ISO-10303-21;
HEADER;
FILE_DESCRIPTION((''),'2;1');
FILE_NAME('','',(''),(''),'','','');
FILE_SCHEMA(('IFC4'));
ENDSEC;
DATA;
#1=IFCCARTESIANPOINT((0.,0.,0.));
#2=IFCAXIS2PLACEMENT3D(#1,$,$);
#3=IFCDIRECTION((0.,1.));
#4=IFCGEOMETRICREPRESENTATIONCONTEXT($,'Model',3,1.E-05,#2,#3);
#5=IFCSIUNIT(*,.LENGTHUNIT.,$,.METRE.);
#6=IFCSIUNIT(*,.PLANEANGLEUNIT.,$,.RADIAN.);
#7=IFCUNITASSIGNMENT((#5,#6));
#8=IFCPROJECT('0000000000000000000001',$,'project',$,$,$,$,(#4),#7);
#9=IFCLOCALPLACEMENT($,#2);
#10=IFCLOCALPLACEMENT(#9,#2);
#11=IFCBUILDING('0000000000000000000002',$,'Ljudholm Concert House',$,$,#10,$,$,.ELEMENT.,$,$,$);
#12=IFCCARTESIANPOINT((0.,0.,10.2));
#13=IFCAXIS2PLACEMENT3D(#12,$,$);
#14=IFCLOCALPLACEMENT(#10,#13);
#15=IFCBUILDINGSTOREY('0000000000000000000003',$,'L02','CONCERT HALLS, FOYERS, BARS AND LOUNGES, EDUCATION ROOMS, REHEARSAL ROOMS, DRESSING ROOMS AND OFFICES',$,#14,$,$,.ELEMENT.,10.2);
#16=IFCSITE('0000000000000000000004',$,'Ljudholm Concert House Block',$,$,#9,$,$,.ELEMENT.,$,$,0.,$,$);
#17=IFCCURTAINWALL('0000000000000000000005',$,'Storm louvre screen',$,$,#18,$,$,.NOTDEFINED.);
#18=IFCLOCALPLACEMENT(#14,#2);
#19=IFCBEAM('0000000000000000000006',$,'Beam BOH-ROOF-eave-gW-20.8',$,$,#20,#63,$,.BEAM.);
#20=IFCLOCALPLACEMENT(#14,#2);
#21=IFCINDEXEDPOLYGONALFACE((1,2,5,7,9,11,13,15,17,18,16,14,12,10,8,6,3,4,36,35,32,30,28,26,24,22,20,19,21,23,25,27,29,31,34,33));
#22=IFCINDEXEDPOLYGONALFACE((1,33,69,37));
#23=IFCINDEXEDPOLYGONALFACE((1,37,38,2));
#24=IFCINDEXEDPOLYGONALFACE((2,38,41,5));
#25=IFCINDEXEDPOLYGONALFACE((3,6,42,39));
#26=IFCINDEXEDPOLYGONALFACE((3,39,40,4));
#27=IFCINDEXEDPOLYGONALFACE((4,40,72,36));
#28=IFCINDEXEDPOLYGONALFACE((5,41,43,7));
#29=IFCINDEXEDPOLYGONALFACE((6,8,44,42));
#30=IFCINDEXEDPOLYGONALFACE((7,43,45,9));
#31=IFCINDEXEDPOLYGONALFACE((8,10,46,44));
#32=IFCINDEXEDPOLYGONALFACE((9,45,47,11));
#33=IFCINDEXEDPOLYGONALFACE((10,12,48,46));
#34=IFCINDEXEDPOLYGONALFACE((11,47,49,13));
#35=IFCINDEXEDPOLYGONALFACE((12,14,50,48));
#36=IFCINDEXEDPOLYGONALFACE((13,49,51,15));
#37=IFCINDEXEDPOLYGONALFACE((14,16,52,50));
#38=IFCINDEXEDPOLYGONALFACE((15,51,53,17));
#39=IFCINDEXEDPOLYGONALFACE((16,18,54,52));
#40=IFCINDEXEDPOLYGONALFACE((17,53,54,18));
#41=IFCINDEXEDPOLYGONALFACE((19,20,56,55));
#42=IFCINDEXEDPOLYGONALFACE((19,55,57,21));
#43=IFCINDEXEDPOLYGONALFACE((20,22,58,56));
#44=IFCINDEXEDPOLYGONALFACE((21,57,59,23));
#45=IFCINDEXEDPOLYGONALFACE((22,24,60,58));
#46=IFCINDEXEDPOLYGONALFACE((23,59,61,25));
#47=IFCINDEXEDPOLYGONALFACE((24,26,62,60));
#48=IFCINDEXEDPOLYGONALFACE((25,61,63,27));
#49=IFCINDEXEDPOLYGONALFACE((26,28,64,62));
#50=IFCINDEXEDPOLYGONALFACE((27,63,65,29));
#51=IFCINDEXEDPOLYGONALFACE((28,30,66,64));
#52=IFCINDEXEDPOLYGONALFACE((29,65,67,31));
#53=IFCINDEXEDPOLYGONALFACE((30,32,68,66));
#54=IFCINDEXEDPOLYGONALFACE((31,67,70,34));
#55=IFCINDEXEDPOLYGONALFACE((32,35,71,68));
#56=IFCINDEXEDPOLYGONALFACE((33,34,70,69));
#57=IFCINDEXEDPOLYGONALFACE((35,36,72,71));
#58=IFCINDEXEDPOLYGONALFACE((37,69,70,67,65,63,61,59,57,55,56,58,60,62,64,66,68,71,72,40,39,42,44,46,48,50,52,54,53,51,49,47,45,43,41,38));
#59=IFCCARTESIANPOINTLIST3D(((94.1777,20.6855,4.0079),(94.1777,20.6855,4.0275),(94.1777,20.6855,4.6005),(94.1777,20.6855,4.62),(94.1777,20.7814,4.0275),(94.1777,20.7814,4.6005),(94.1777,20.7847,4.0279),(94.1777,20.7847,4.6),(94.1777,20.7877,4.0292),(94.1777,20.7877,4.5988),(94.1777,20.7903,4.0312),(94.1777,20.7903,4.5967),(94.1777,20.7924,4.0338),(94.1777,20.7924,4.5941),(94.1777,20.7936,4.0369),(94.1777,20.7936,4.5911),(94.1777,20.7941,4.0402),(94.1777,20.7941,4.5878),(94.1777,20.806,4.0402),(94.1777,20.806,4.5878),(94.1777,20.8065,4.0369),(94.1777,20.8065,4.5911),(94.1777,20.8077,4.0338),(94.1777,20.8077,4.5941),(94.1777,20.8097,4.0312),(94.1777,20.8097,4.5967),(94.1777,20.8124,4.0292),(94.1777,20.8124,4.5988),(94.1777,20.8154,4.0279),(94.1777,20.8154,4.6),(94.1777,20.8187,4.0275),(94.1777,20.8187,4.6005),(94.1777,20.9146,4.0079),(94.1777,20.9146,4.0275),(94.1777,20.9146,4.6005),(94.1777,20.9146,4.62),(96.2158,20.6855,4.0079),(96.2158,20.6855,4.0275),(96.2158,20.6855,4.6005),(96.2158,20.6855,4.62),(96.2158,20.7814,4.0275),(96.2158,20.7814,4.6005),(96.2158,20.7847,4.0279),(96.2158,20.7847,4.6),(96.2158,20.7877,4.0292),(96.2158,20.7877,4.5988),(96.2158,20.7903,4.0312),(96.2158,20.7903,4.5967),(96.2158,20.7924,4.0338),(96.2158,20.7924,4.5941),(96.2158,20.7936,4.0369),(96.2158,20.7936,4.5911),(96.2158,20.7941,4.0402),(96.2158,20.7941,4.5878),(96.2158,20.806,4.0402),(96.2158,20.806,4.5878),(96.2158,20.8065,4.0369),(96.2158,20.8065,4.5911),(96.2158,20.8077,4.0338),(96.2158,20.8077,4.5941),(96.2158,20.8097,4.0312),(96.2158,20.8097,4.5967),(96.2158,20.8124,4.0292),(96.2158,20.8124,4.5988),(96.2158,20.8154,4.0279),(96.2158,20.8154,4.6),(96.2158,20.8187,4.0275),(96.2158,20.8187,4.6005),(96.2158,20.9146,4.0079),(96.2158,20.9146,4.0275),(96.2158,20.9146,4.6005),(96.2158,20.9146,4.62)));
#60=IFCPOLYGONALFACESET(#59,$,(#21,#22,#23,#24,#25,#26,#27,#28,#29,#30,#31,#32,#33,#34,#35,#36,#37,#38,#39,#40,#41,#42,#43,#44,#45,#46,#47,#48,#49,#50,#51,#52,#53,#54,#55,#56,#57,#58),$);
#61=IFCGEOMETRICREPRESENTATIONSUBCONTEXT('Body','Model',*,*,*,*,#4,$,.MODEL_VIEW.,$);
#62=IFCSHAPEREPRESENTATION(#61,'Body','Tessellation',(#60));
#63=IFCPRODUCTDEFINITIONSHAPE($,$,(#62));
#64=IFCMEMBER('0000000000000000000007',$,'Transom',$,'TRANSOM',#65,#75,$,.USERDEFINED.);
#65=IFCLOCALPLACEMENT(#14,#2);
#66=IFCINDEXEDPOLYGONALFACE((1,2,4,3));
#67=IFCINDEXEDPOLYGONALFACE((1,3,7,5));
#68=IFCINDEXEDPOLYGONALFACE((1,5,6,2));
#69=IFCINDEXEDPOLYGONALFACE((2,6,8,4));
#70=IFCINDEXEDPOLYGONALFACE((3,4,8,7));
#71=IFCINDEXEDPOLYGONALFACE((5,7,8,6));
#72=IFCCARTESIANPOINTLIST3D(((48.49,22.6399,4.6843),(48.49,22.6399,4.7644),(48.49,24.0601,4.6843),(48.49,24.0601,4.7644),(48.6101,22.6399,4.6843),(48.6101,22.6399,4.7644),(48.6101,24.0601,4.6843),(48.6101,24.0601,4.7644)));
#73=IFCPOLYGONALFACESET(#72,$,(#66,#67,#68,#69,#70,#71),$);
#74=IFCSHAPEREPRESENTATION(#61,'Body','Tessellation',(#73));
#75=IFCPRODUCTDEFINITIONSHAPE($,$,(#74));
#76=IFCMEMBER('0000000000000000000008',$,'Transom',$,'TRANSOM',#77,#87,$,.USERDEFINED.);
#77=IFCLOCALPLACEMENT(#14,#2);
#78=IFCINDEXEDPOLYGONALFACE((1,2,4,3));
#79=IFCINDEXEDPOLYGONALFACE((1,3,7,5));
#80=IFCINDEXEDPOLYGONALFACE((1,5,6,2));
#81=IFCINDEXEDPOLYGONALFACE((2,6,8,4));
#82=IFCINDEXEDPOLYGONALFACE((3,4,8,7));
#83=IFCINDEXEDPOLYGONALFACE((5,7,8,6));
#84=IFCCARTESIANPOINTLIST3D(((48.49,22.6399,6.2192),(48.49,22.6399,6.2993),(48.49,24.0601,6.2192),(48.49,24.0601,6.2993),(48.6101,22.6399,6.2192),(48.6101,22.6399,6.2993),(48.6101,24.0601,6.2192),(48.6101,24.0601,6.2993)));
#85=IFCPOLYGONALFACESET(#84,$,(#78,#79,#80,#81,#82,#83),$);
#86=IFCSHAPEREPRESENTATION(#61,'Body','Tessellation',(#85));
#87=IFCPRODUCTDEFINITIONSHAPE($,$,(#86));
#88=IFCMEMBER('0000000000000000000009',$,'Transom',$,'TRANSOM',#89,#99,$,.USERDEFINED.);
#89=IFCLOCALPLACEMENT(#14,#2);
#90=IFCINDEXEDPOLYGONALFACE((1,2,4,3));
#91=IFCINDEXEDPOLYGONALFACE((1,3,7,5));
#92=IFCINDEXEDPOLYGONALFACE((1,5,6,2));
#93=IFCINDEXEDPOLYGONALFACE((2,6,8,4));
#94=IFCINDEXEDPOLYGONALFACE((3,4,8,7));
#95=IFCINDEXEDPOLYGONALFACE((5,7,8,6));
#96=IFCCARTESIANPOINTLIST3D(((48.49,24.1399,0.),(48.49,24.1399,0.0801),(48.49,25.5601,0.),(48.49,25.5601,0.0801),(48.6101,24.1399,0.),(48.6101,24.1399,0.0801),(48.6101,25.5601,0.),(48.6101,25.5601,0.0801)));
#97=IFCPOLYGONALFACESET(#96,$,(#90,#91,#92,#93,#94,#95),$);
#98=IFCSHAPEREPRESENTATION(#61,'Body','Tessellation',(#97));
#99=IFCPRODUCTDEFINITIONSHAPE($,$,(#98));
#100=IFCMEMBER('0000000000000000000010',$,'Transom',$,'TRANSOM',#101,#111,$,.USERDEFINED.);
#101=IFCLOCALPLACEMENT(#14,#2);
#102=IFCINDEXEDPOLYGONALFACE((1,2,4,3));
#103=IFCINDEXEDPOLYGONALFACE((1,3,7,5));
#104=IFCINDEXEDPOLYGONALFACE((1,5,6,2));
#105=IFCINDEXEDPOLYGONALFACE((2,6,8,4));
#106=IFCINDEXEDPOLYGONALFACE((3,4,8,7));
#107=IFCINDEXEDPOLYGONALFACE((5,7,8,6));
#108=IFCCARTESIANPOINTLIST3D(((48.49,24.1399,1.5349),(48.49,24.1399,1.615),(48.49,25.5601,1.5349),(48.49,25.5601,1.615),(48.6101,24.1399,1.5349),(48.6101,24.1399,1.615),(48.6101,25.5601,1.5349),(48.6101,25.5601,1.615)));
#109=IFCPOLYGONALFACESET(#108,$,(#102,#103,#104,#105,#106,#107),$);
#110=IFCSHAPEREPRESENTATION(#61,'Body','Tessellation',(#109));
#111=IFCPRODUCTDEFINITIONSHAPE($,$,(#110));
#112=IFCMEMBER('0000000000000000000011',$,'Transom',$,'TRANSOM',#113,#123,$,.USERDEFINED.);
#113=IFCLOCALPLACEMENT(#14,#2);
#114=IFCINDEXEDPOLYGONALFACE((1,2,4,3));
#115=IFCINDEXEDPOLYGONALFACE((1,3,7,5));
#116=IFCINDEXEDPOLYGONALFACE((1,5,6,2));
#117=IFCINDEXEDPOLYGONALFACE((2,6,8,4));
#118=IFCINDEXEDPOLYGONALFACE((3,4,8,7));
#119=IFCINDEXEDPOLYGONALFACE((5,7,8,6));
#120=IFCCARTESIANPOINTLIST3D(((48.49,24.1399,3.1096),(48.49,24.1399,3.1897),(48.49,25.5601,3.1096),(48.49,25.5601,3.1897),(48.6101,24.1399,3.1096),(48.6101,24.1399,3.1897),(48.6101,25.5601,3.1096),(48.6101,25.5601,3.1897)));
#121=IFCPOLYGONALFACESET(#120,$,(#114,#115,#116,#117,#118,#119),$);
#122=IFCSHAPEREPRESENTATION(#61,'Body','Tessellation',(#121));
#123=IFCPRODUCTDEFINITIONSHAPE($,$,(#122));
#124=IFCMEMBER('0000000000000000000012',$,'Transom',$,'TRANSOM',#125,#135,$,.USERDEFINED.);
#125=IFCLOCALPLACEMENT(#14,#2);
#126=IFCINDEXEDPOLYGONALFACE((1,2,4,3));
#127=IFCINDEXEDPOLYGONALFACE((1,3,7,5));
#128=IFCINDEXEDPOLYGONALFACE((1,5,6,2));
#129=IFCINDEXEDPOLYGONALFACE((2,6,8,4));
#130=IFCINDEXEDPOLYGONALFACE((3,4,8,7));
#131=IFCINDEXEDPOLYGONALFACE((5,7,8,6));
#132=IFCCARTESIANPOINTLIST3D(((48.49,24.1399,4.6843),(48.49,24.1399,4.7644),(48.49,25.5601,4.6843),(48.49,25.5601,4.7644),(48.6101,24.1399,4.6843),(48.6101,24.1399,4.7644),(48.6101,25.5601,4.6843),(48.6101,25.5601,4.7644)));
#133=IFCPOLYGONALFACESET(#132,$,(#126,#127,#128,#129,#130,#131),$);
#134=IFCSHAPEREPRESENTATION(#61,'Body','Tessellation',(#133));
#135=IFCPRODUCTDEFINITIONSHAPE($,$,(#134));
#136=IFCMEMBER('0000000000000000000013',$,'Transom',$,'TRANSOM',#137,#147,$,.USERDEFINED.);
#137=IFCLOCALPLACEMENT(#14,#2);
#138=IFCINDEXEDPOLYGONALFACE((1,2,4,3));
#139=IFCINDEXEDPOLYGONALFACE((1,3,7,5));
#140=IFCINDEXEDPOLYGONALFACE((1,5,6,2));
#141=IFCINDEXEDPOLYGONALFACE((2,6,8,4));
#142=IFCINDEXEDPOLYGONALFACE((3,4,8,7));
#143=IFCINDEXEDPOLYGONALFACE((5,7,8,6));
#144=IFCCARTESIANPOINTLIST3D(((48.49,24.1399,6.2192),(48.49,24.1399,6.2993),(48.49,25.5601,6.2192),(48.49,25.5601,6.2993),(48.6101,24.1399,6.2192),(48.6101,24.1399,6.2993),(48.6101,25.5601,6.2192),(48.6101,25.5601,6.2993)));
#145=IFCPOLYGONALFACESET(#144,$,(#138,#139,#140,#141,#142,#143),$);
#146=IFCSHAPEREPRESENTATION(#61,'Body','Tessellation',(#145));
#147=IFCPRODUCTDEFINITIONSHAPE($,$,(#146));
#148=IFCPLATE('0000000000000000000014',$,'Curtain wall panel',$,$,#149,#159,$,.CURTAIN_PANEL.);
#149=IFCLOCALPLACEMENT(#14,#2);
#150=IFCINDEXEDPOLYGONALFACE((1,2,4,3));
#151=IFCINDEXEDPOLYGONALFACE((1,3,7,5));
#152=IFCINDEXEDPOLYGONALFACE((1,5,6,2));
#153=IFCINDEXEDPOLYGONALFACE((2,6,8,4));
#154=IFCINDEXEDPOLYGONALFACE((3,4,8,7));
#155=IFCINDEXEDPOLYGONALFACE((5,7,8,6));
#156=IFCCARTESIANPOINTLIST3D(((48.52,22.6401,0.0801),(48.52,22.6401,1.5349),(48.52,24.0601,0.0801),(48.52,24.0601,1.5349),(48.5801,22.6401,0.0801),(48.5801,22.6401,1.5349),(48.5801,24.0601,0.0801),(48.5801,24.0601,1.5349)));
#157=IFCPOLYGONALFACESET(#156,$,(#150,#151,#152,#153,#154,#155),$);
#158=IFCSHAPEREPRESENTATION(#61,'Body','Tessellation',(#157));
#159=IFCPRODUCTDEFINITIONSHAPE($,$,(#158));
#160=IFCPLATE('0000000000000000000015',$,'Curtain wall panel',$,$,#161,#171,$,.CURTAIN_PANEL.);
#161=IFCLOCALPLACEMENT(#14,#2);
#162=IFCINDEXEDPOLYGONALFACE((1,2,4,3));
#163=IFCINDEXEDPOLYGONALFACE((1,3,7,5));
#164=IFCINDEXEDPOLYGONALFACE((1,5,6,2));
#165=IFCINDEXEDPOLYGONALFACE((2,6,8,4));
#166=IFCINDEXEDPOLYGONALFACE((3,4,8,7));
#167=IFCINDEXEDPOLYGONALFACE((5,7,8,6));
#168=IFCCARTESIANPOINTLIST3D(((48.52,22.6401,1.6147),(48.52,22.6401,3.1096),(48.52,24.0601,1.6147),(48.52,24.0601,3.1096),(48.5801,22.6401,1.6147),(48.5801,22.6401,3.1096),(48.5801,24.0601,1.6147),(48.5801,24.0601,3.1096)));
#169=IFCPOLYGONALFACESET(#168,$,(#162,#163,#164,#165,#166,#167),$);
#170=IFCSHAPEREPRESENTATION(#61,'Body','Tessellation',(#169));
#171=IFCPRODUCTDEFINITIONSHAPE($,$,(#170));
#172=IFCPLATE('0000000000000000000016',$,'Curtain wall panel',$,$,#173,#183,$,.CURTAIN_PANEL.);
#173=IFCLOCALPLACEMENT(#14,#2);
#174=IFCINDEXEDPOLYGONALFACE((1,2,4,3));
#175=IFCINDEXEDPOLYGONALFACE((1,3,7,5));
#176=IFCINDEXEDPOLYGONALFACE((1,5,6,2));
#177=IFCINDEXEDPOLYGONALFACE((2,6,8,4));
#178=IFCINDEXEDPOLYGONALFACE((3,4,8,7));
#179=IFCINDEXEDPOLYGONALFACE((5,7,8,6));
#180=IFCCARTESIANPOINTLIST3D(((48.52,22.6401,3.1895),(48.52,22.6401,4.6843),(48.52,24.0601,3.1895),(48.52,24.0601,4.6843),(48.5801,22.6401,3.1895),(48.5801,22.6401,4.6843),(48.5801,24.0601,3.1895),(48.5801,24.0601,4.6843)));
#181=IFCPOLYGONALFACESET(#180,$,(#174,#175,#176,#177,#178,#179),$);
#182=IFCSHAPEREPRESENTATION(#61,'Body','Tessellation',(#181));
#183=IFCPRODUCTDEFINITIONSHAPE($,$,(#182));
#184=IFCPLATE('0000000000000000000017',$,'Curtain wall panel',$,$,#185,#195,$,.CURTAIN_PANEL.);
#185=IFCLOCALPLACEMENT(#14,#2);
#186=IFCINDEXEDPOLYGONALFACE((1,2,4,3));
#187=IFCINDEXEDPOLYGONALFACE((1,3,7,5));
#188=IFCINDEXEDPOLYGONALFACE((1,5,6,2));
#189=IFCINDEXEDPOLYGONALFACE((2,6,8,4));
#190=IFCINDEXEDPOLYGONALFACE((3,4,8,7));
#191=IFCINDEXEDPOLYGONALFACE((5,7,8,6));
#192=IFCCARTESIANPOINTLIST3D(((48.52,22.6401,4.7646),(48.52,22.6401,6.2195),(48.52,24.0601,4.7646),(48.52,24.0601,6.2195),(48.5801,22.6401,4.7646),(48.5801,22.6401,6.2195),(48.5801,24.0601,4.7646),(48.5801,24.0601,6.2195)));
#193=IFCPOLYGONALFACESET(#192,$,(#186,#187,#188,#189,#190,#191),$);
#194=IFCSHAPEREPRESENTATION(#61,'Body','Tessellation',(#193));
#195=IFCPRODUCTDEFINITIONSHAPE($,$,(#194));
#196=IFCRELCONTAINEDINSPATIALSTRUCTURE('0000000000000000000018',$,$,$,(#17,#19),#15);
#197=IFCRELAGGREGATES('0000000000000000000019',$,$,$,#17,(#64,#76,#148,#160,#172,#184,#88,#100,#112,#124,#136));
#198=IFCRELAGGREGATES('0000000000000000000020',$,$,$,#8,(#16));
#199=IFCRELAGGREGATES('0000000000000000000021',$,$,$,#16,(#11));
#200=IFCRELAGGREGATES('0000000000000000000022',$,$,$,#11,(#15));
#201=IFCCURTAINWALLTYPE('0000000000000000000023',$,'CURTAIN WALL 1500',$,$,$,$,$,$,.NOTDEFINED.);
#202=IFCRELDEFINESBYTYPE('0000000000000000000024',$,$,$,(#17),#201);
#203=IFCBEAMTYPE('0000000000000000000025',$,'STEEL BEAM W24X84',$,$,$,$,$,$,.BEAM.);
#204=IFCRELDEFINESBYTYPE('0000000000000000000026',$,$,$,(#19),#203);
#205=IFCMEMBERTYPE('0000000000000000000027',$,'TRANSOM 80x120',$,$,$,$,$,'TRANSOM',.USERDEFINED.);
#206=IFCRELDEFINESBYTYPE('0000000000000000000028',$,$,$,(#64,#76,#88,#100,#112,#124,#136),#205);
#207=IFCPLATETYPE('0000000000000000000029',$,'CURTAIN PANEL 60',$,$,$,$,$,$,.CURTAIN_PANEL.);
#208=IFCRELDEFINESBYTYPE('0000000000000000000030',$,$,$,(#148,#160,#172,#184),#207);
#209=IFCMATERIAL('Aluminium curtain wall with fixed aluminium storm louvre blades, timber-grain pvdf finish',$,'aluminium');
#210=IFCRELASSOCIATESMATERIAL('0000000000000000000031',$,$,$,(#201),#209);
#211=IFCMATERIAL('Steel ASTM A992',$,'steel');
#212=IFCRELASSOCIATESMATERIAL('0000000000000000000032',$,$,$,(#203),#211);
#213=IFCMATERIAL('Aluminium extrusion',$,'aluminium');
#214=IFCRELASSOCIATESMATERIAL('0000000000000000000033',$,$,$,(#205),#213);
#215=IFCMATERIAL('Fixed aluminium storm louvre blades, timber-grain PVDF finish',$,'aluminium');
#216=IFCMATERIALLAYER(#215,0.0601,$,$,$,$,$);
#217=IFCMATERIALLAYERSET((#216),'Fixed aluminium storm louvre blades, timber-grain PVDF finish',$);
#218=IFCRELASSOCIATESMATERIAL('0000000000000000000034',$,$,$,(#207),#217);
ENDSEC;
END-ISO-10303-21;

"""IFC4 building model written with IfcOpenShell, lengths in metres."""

from ifc_helpers import new_model, si_unit, direction, frame, origin, origin_2d, place, context, subcontext, project, spatial, rectangle, i_section, extrude, material, layer, layer_set, material_profile, profile_set, type_object, element, aggregate, save


model = new_model("IFC4")

# Units and contexts
model_context = context("Model", 3, precision=1e-05, world=origin(), true_north=direction((0.0, 1.0)))
body_context = subcontext(model_context, "Body", "Model", "MODEL_VIEW")
ifc_project = project(units=[si_unit("LENGTHUNIT", "METRE"), si_unit("PLANEANGLEUNIT", "RADIAN")], contexts=[model_context])

# Site, building, storey
site_placement = place(None, origin())
site = spatial("IfcSite", under=ifc_project, at=site_placement, Name="Ljudholm Concert House Block", CompositionType="ELEMENT", RefElevation=0.0)
building_placement = place(site_placement, origin())
building = spatial("IfcBuilding", under=site, at=building_placement, Name="Ljudholm Concert House", CompositionType="ELEMENT")
storey_placement = place(building_placement, frame((0.0, 0.0, 10.2)))
storey = spatial("IfcBuildingStorey", under=building, at=storey_placement, Name="L02", Description="CONCERT HALLS, FOYERS, BARS AND LOUNGES, EDUCATION ROOMS, REHEARSAL ROOMS, DRESSING ROOMS AND OFFICES", CompositionType="ELEMENT", Elevation=10.2)

# Curtain wall
ifc_material_1 = material(Name="Aluminium curtain wall with fixed aluminium storm louvre blades, timber-grain pvdf finish", Category="aluminium")
curtain_wall_type = type_object("IfcCurtainWallType", Name="CURTAIN WALL 1500", PredefinedType="NOTDEFINED", material=ifc_material_1)
curtain_wall_placement = place(storey_placement, origin())
curtain_wall = element("IfcCurtainWall", 1, at=curtain_wall_placement, inside=storey, type_object=curtain_wall_type, Name="Storm louvre screen", PredefinedType="NOTDEFINED")

# Beam
ifc_material_2 = material(Name="Steel ASTM A992", Category="steel")
ifc_material_profile_1 = material_profile(ifc_material_2, i_section(OverallWidth=0.229, OverallDepth=0.6121, WebThickness=0.012, FlangeThickness=0.0195, FilletRadius=0.0127, at=origin_2d()), Name="W24X84")
ifc_profile_set_1 = profile_set([ifc_material_profile_1], Name="Steel ASTM A992")
beam_type_1 = type_object("IfcBeamType", Name="STEEL BEAM W24X84", PredefinedType="BEAM", material=ifc_profile_set_1)
for number, where, z_axis, x_axis, name in (
    (2, (96.2158, 20.8, 4.314), (-1.0, 0.0, 0.0), (0.0, -1.0, 0.0), "Beam BOH-ROOF-eave-gW-20.8"),
):
    element("IfcBeam", number, at=place(storey_placement, frame(where, z_axis=z_axis, x_axis=x_axis)), inside=storey, type_object=beam_type_1, Name=name, PredefinedType="BEAM", context=body_context, shape_type="SweptSolid", body=[
        extrude(i_section(OverallWidth=0.229, OverallDepth=0.6121, WebThickness=0.012, FlangeThickness=0.0195, FilletRadius=0.0127, at=origin_2d()), origin(), (0.0, 0.0, 1.0), 2.0381),
    ])

# Members
ifc_material_3 = material(Name="Aluminium extrusion", Category="aluminium")
ifc_material_profile_2 = material_profile(ifc_material_3, rectangle(XDim=0.1201, YDim=0.0801, at=origin_2d()), Name="TRANSOM 80x120")
ifc_profile_set_2 = profile_set([ifc_material_profile_2], Name="Aluminium extrusion")
member_type_1 = type_object("IfcMemberType", Name="TRANSOM 80x120", ElementType="TRANSOM", PredefinedType="USERDEFINED", material=ifc_profile_set_2)
member_1_placement = place(storey_placement, frame((48.55, 22.6399, 4.7244), z_axis=(0.0, 1.0, 0.0), x_axis=(-1.0, 0.0, 0.0)))
member_1 = element("IfcMember", 3, at=member_1_placement, type_object=member_type_1, Name="Transom", ObjectType="TRANSOM", PredefinedType="USERDEFINED", context=body_context, shape_type="SweptSolid", body=[
    extrude(rectangle(XDim=0.1201, YDim=0.0801, at=origin_2d()), origin(), (0.0, 0.0, 1.0), 1.4202),
])
member_2_placement = place(storey_placement, frame((48.55, 22.6399, 6.2593), z_axis=(0.0, 1.0, 0.0), x_axis=(-1.0, 0.0, 0.0)))
member_2 = element("IfcMember", 4, at=member_2_placement, type_object=member_type_1, Name="Transom", ObjectType="TRANSOM", PredefinedType="USERDEFINED", context=body_context, shape_type="SweptSolid", body=[
    extrude(rectangle(XDim=0.1201, YDim=0.0801, at=origin_2d()), origin(), (0.0, 0.0, 1.0), 1.4202),
])
member_3_placement = place(storey_placement, frame((48.55, 24.1399, 0.04), z_axis=(0.0, 1.0, 0.0), x_axis=(-1.0, 0.0, 0.0)))
member_3 = element("IfcMember", 5, at=member_3_placement, type_object=member_type_1, Name="Transom", ObjectType="TRANSOM", PredefinedType="USERDEFINED", context=body_context, shape_type="SweptSolid", body=[
    extrude(rectangle(XDim=0.1201, YDim=0.0801, at=origin_2d()), origin(), (0.0, 0.0, 1.0), 1.4202),
])
member_4_placement = place(storey_placement, frame((48.55, 24.1399, 1.575), z_axis=(0.0, 1.0, 0.0), x_axis=(-1.0, 0.0, 0.0)))
member_4 = element("IfcMember", 6, at=member_4_placement, type_object=member_type_1, Name="Transom", ObjectType="TRANSOM", PredefinedType="USERDEFINED", context=body_context, shape_type="SweptSolid", body=[
    extrude(rectangle(XDim=0.1201, YDim=0.0801, at=origin_2d()), origin(), (0.0, 0.0, 1.0), 1.4202),
])
member_5_placement = place(storey_placement, frame((48.55, 24.1399, 3.1497), z_axis=(0.0, 1.0, 0.0), x_axis=(-1.0, 0.0, 0.0)))
member_5 = element("IfcMember", 7, at=member_5_placement, type_object=member_type_1, Name="Transom", ObjectType="TRANSOM", PredefinedType="USERDEFINED", context=body_context, shape_type="SweptSolid", body=[
    extrude(rectangle(XDim=0.1201, YDim=0.0801, at=origin_2d()), origin(), (0.0, 0.0, 1.0), 1.4202),
])
member_6_placement = place(storey_placement, frame((48.55, 24.1399, 4.7244), z_axis=(0.0, 1.0, 0.0), x_axis=(-1.0, 0.0, 0.0)))
member_6 = element("IfcMember", 8, at=member_6_placement, type_object=member_type_1, Name="Transom", ObjectType="TRANSOM", PredefinedType="USERDEFINED", context=body_context, shape_type="SweptSolid", body=[
    extrude(rectangle(XDim=0.1201, YDim=0.0801, at=origin_2d()), origin(), (0.0, 0.0, 1.0), 1.4202),
])
member_7_placement = place(storey_placement, frame((48.55, 24.1399, 6.2593), z_axis=(0.0, 1.0, 0.0), x_axis=(-1.0, 0.0, 0.0)))
member_7 = element("IfcMember", 9, at=member_7_placement, type_object=member_type_1, Name="Transom", ObjectType="TRANSOM", PredefinedType="USERDEFINED", context=body_context, shape_type="SweptSolid", body=[
    extrude(rectangle(XDim=0.1201, YDim=0.0801, at=origin_2d()), origin(), (0.0, 0.0, 1.0), 1.4202),
])

# Plates
ifc_material_4 = material(Name="Fixed aluminium storm louvre blades, timber-grain PVDF finish", Category="aluminium")
ifc_layer_1 = layer(ifc_material_4, 0.0601)
ifc_layer_set_1 = layer_set([ifc_layer_1], Name="Fixed aluminium storm louvre blades, timber-grain PVDF finish")
plate_type = type_object("IfcPlateType", Name="CURTAIN PANEL 60", PredefinedType="CURTAIN_PANEL", material=ifc_layer_set_1)
plate_1_placement = place(storey_placement, frame((48.55, 23.3501, 0.0801), z_axis=(0.0, 0.0, 1.0), x_axis=(0.0, 1.0, 0.0)))
plate_1 = element("IfcPlate", 10, at=plate_1_placement, type_object=plate_type, Name="Curtain wall panel", PredefinedType="CURTAIN_PANEL", context=body_context, shape_type="SweptSolid", body=[
    extrude(rectangle(XDim=1.4199, YDim=0.0601, at=origin_2d()), origin(), (0.0, 0.0, 1.0), 1.4548),
])
plate_2_placement = place(storey_placement, frame((48.55, 23.3501, 1.6147), z_axis=(0.0, 0.0, 1.0), x_axis=(0.0, 1.0, 0.0)))
plate_2 = element("IfcPlate", 11, at=plate_2_placement, type_object=plate_type, Name="Curtain wall panel", PredefinedType="CURTAIN_PANEL", context=body_context, shape_type="SweptSolid", body=[
    extrude(rectangle(XDim=1.4199, YDim=0.0601, at=origin_2d()), origin(), (0.0, 0.0, 1.0), 1.4949),
])
plate_3_placement = place(storey_placement, frame((48.55, 23.3501, 3.1895), z_axis=(0.0, 0.0, 1.0), x_axis=(0.0, 1.0, 0.0)))
plate_3 = element("IfcPlate", 12, at=plate_3_placement, type_object=plate_type, Name="Curtain wall panel", PredefinedType="CURTAIN_PANEL", context=body_context, shape_type="SweptSolid", body=[
    extrude(rectangle(XDim=1.4199, YDim=0.0601, at=origin_2d()), origin(), (0.0, 0.0, 1.0), 1.4949),
])
plate_4_placement = place(storey_placement, frame((48.55, 23.3501, 4.7646), z_axis=(0.0, 0.0, 1.0), x_axis=(0.0, 1.0, 0.0)))
plate_4 = element("IfcPlate", 13, at=plate_4_placement, type_object=plate_type, Name="Curtain wall panel", PredefinedType="CURTAIN_PANEL", context=body_context, shape_type="SweptSolid", body=[
    extrude(rectangle(XDim=1.4199, YDim=0.0601, at=origin_2d()), origin(), (0.0, 0.0, 1.0), 1.4548),
])
aggregate(curtain_wall, [member_1, member_2, plate_1, plate_2, plate_3, plate_4, member_3, member_4, member_5, member_6, member_7])

save(model, "model.ifc")
